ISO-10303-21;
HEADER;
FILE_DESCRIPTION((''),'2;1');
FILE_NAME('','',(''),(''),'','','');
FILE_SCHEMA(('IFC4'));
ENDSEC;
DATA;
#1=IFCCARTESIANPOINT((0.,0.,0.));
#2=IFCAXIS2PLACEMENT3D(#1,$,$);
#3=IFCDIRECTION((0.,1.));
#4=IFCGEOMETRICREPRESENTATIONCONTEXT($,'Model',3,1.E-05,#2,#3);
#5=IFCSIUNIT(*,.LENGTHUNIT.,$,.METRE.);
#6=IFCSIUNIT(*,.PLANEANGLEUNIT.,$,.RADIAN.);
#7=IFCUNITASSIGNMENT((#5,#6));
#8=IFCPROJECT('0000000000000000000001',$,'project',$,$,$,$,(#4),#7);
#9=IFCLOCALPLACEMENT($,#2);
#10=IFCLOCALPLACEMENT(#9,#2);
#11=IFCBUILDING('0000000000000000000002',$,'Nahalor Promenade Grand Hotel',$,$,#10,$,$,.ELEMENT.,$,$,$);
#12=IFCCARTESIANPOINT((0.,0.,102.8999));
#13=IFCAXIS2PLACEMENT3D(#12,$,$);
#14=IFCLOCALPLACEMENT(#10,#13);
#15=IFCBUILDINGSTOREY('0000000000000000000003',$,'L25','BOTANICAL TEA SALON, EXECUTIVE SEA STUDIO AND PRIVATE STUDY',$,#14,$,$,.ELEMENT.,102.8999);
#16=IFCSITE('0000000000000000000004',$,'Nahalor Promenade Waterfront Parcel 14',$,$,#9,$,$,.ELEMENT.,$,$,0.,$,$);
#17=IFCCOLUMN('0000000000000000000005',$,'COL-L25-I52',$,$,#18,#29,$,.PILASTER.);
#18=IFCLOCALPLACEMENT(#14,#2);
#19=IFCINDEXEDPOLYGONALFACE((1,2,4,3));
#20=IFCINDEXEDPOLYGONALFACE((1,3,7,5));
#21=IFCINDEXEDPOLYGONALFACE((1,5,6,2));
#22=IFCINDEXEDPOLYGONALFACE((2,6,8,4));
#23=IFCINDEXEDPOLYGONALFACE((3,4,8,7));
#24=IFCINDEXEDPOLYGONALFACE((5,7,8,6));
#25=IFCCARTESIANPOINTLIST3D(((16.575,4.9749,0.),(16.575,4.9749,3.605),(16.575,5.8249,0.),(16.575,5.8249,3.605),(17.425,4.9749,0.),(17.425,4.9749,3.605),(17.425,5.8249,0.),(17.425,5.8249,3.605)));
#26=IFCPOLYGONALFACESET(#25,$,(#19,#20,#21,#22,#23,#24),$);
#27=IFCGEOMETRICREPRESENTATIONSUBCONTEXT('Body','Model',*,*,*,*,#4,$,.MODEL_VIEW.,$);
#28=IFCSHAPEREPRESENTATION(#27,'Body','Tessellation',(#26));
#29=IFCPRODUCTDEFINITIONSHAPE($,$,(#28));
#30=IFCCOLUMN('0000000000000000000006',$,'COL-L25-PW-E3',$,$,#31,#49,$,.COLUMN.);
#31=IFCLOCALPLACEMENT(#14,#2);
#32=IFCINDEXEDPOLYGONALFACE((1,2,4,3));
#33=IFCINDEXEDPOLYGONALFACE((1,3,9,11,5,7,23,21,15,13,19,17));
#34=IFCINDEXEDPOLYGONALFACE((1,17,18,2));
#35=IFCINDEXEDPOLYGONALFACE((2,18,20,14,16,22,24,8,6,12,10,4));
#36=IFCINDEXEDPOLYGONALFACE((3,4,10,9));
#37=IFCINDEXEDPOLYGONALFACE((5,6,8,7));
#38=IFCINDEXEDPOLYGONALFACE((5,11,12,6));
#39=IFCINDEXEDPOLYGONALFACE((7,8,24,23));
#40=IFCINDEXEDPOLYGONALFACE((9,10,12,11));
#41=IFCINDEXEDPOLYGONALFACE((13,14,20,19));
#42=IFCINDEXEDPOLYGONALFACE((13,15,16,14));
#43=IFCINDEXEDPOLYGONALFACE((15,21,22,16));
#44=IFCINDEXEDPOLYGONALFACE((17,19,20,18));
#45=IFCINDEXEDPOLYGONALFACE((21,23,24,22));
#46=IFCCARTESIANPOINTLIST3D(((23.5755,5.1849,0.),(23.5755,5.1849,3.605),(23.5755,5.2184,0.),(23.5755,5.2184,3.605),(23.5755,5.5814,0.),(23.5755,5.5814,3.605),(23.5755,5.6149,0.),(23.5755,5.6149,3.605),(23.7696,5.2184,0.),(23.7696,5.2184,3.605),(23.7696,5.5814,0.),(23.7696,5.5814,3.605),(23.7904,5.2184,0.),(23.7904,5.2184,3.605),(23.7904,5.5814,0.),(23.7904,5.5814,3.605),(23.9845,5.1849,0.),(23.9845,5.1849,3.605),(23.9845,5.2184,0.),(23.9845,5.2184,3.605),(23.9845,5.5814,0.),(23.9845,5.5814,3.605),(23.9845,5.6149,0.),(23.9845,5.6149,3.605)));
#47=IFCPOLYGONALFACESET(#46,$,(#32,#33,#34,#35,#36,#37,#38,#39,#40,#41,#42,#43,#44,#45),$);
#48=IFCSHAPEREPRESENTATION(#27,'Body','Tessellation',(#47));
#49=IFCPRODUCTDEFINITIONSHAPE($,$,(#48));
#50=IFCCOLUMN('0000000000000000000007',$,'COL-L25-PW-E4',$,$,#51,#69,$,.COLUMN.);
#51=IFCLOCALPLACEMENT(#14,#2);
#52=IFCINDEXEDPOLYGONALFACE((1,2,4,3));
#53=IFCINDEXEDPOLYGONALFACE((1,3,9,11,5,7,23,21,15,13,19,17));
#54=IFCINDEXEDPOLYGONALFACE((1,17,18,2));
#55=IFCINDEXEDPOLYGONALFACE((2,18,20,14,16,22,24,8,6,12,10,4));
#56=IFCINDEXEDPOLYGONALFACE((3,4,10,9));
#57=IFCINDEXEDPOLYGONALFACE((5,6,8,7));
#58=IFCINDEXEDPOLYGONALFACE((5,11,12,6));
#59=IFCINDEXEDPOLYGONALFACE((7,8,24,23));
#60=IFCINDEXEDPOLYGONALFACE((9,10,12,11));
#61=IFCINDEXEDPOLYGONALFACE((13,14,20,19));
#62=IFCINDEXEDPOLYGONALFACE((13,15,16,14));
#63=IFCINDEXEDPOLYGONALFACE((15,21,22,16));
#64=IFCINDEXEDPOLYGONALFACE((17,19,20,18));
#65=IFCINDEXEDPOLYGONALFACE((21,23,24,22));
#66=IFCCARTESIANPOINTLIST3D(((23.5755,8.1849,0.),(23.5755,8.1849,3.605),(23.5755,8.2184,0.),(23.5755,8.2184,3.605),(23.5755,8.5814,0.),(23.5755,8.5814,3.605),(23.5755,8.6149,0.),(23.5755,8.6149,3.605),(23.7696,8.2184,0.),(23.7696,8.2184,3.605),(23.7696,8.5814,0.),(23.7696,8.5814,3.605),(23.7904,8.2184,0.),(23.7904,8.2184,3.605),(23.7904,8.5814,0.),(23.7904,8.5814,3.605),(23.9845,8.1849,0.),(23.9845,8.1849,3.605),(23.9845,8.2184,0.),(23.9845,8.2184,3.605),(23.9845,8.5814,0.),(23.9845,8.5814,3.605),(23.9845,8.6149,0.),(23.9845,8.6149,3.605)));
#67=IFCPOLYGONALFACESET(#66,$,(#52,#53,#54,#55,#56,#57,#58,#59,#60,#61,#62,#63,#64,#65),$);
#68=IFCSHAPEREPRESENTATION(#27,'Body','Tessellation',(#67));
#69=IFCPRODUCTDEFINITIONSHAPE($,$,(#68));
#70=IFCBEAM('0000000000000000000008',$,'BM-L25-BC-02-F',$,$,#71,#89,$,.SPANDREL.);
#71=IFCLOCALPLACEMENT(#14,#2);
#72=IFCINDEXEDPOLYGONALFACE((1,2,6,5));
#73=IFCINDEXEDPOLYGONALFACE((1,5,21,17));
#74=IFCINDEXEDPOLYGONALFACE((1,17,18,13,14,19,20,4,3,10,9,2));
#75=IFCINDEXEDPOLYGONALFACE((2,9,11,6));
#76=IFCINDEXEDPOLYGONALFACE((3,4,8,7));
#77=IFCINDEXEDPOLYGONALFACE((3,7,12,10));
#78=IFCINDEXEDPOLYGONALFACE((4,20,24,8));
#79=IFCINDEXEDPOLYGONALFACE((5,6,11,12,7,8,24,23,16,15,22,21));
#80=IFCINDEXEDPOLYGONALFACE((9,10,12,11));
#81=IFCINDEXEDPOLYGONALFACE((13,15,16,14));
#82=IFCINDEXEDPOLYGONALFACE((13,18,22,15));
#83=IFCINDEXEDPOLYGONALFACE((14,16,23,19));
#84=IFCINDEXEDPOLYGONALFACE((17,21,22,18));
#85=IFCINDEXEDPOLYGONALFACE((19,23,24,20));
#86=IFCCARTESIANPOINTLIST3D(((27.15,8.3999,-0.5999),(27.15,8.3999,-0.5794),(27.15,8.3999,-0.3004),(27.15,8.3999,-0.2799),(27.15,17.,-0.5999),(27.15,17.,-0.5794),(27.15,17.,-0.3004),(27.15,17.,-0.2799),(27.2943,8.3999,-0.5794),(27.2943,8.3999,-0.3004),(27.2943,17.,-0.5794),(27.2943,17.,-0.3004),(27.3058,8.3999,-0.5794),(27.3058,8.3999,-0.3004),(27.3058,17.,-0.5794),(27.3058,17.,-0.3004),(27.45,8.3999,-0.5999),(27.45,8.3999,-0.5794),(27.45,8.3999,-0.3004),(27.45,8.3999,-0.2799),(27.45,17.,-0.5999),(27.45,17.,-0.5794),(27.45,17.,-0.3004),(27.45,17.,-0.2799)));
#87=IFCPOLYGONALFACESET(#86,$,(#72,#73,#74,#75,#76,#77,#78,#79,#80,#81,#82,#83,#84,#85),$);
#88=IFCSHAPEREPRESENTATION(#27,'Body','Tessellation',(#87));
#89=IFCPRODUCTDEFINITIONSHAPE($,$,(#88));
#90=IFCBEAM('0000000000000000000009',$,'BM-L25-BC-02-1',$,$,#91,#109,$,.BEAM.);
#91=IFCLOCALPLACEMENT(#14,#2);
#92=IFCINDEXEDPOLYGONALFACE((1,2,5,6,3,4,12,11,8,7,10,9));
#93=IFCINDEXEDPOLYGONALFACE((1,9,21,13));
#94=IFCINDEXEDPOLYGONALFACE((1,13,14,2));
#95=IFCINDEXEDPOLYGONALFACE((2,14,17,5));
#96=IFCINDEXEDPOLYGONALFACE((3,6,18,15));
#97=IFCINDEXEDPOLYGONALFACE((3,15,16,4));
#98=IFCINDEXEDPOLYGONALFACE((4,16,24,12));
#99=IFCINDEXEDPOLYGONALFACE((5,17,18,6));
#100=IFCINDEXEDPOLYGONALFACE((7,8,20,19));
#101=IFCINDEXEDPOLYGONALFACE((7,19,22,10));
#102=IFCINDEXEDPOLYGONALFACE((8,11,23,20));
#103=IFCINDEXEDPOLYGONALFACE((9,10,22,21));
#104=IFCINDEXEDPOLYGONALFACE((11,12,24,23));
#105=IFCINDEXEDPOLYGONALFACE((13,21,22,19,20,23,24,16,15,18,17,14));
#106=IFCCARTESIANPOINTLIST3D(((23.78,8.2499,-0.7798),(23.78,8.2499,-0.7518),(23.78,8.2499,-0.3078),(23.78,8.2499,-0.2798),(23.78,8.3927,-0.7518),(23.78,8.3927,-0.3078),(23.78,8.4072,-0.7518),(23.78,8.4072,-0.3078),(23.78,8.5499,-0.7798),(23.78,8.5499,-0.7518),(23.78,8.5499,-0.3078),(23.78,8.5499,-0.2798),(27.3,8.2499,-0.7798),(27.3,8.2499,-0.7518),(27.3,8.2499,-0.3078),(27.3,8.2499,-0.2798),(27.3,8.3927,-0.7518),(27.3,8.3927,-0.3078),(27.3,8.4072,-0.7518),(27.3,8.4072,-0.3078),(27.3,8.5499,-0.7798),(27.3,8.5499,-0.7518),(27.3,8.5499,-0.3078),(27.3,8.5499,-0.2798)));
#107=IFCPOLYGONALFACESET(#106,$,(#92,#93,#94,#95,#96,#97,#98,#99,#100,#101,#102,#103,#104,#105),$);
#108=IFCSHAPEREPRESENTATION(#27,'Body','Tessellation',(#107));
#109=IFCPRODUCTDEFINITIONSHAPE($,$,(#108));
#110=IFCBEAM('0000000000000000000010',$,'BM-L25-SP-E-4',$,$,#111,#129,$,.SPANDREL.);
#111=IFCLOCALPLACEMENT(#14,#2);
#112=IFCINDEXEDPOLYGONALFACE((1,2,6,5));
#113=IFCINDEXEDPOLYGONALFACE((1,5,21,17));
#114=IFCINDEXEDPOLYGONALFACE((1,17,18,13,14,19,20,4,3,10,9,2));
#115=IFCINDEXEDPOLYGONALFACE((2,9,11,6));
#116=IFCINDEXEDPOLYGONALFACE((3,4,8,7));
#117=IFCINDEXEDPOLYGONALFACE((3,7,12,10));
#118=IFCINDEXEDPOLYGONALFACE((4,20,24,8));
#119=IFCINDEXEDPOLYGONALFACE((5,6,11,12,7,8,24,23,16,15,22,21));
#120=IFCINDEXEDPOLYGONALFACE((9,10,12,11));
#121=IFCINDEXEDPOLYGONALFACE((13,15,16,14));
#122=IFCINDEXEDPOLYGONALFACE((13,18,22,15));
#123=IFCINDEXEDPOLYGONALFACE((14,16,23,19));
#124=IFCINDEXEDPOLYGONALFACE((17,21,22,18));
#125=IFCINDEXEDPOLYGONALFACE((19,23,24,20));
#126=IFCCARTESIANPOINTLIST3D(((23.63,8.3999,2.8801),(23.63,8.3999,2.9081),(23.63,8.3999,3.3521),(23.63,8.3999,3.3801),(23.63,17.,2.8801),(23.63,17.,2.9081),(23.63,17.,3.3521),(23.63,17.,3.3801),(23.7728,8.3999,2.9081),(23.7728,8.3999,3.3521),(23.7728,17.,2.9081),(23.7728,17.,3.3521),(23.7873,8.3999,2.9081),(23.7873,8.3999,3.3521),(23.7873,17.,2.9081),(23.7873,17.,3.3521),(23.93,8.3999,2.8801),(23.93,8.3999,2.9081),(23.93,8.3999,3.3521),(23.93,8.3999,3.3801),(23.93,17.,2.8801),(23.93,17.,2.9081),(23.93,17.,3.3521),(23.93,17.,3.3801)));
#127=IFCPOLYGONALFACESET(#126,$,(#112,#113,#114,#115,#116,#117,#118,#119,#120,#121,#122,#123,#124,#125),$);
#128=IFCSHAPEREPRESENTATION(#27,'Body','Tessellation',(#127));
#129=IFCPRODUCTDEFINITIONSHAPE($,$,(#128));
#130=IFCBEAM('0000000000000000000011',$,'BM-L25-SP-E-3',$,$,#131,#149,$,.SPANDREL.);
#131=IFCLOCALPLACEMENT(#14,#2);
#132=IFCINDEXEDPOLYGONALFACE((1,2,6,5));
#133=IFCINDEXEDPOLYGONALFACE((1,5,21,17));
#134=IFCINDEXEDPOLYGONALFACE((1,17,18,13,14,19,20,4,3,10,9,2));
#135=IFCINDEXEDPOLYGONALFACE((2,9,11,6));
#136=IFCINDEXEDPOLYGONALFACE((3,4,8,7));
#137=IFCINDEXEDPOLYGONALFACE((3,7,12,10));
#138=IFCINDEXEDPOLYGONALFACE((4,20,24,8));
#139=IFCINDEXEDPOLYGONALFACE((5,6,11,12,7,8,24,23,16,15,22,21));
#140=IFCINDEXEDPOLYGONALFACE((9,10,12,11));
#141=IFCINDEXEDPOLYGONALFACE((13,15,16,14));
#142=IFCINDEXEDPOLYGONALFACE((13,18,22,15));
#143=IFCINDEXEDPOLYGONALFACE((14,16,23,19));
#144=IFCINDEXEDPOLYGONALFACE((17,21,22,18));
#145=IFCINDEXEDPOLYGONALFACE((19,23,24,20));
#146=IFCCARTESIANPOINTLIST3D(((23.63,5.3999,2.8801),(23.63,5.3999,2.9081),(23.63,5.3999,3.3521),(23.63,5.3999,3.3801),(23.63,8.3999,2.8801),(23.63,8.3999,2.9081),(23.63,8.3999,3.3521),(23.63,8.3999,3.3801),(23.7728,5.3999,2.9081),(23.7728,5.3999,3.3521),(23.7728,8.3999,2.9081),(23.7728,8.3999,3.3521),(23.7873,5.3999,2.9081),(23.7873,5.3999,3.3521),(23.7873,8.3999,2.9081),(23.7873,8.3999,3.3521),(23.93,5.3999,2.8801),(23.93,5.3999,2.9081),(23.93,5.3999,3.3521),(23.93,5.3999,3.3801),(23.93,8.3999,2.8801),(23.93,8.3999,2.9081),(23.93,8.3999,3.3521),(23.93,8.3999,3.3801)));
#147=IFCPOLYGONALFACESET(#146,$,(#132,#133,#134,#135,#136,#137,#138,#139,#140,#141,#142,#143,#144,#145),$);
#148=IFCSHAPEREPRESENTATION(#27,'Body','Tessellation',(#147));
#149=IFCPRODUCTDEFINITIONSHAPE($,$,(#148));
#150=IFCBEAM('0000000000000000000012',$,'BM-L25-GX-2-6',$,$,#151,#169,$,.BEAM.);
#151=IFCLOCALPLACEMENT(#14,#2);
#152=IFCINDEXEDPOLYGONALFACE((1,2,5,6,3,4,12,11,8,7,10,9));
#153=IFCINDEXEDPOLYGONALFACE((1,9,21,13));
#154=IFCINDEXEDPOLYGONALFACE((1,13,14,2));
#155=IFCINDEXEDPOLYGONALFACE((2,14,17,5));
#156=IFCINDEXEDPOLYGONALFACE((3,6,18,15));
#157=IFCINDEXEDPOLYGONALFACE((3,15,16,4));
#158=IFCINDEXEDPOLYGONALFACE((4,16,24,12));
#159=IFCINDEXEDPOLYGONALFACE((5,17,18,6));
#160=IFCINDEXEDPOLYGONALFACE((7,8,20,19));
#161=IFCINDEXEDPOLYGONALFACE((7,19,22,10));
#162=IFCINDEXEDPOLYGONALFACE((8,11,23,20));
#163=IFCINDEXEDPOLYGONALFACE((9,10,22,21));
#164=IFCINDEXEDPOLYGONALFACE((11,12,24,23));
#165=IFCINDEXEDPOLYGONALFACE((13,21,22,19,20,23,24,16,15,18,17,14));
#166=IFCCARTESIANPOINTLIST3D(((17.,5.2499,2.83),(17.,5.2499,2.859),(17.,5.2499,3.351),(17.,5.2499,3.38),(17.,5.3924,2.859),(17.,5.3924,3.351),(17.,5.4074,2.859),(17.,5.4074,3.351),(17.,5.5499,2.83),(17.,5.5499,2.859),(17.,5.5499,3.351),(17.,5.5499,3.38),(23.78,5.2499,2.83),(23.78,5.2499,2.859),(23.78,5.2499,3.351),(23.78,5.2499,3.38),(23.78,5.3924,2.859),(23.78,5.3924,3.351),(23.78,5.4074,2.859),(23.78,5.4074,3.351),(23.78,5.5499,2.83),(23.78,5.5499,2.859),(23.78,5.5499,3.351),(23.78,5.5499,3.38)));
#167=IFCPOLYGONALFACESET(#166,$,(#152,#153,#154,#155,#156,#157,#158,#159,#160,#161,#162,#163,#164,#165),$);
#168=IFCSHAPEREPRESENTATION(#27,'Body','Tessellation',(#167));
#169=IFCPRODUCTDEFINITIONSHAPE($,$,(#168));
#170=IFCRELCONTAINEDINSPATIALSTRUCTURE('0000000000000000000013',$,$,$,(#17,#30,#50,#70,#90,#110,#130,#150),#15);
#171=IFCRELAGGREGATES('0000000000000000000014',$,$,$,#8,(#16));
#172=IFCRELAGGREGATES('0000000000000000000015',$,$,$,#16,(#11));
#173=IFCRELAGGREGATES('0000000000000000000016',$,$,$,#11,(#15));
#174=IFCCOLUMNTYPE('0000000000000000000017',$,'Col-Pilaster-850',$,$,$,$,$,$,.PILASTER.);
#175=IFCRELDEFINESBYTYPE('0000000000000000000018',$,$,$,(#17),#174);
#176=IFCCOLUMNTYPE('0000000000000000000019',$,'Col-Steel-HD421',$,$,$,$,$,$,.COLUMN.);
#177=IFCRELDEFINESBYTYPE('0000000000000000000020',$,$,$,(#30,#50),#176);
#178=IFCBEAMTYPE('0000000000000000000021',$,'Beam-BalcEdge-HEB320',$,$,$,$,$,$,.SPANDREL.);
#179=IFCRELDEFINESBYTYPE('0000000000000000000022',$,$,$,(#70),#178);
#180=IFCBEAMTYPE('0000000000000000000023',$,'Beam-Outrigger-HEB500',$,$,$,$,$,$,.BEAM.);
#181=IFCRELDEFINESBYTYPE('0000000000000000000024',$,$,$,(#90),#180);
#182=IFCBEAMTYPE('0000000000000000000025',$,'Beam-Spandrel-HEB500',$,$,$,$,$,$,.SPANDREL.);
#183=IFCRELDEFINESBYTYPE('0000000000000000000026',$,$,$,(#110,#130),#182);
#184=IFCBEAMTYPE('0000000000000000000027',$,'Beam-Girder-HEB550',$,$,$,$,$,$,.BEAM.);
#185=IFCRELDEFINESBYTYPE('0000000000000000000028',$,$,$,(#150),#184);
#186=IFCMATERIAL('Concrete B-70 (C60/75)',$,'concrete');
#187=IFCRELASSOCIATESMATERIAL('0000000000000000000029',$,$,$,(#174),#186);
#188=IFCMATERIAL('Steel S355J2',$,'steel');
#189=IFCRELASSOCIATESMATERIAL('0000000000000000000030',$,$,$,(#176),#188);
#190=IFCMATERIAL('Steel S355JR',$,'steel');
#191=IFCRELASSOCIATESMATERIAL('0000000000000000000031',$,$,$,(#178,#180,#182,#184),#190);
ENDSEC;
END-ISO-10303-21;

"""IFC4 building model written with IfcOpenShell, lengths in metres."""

from ifc_helpers import new_model, si_unit, direction, frame, origin, origin_2d, place, context, subcontext, project, spatial, rectangle, i_section, extrude, source, transform, mapped, material, material_profile, profile_set, type_object, element, save


model = new_model("IFC4")

# Units and contexts
model_context = context("Model", 3, precision=1e-05, world=origin(), true_north=direction((0.0, 1.0)))
body_context = subcontext(model_context, "Body", "Model", "MODEL_VIEW")
ifc_project = project(units=[si_unit("LENGTHUNIT", "METRE"), si_unit("PLANEANGLEUNIT", "RADIAN")], contexts=[model_context])

# Site, building, storey
site_placement = place(None, origin())
site = spatial("IfcSite", under=ifc_project, at=site_placement, Name="Nahalor Promenade Waterfront Parcel 14", CompositionType="ELEMENT", RefElevation=0.0)
building_placement = place(site_placement, origin())
building = spatial("IfcBuilding", under=site, at=building_placement, Name="Nahalor Promenade Grand Hotel", CompositionType="ELEMENT")
storey_placement = place(building_placement, frame((0.0, 0.0, 102.8999)))
storey = spatial("IfcBuildingStorey", under=building, at=storey_placement, Name="L25", Description="BOTANICAL TEA SALON, EXECUTIVE SEA STUDIO AND PRIVATE STUDY", CompositionType="ELEMENT", Elevation=102.8999)

# Columns
ifc_material_1 = material(Name="Concrete B-70 (C60/75)", Category="concrete")
ifc_material_profile_1 = material_profile(ifc_material_1, rectangle(XDim=0.85, YDim=0.85, at=origin_2d()), Name="RC 850x850")
ifc_profile_set_1 = profile_set([ifc_material_profile_1], Name="Concrete B-70 (C60/75)")
column_type_1 = type_object("IfcColumnType", Name="Col-Pilaster-850", PredefinedType="PILASTER", material=ifc_profile_set_1)
shared_shape_1 = source(origin(), body_context, "Body", "SweptSolid", [
    extrude(rectangle(XDim=0.85, YDim=0.85, at=origin_2d()), origin(), (0.0, 0.0, 1.0), 3.605),
])
column_placement = place(storey_placement, frame((17.0, 5.3999, 0.0), z_axis=(0.0, 0.0, 1.0), x_axis=(1.0, 0.0, 0.0)))
element("IfcColumn", 1, at=column_placement, inside=storey, type_object=column_type_1, Name="COL-L25-I52", PredefinedType="PILASTER", context=body_context, shape_type="MappedRepresentation", body=[
    mapped(shared_shape_1, transform((0.0, 0.0, 0.0), scale=1.0)),
])
ifc_material_2 = material(Name="Steel S355J2", Category="steel")
ifc_material_profile_2 = material_profile(ifc_material_2, i_section(OverallWidth=0.409, OverallDepth=0.43, WebThickness=0.0208, FlangeThickness=0.0335, at=origin_2d()), Name="HD 400x421")
ifc_profile_set_2 = profile_set([ifc_material_profile_2], Name="Steel S355J2")
column_type_2 = type_object("IfcColumnType", Name="Col-Steel-HD421", PredefinedType="COLUMN", material=ifc_profile_set_2)
shared_shape_2 = source(origin(), body_context, "Body", "SweptSolid", [
    extrude(i_section(OverallWidth=0.409, OverallDepth=0.43, WebThickness=0.0208, FlangeThickness=0.0335, at=origin_2d()), origin(), (0.0, 0.0, 1.0), 3.605),
])
for number, where, z_axis, x_axis, name in (
    (2, (23.78, 5.3999, 0.0), (0.0, 0.0, 1.0), (1.0, 0.0, 0.0), "COL-L25-PW-E3"),
    (3, (23.78, 8.3999, 0.0), (0.0, 0.0, 1.0), (1.0, 0.0, 0.0), "COL-L25-PW-E4"),
):
    element("IfcColumn", number, at=place(storey_placement, frame(where, z_axis=z_axis, x_axis=x_axis)), inside=storey, type_object=column_type_2, Name=name, PredefinedType="COLUMN", context=body_context, shape_type="MappedRepresentation", body=[
        mapped(shared_shape_2, transform((0.0, 0.0, 0.0), scale=1.0)),
    ])

# Beams
ifc_material_3 = material(Name="Steel S355JR", Category="steel")
ifc_material_profile_3 = material_profile(ifc_material_3, i_section(OverallWidth=0.3, OverallDepth=0.32, WebThickness=0.0115, FlangeThickness=0.0205, at=origin_2d()), Name="HEB 320")
ifc_profile_set_3 = profile_set([ifc_material_profile_3], Name="Steel S355JR")
beam_type_1 = type_object("IfcBeamType", Name="Beam-BalcEdge-HEB320", PredefinedType="SPANDREL", material=ifc_profile_set_3)
shared_shape_3 = source(origin(), body_context, "Body", "SweptSolid", [
    extrude(i_section(OverallWidth=0.3, OverallDepth=0.32, WebThickness=0.0115, FlangeThickness=0.0205, at=origin_2d()), origin(), (0.0, 0.0, 1.0), 8.6001),
])
beam_1_placement = place(storey_placement, frame((27.3, 8.3999, -0.4399), z_axis=(0.0, 1.0, 0.0), x_axis=(-1.0, 0.0, 0.0)))
element("IfcBeam", 4, at=beam_1_placement, inside=storey, type_object=beam_type_1, Name="BM-L25-BC-02-F", PredefinedType="SPANDREL", context=body_context, shape_type="MappedRepresentation", body=[
    mapped(shared_shape_3, transform((0.0, 0.0, 0.0), scale=1.0)),
])
ifc_material_profile_4 = material_profile(ifc_material_3, i_section(OverallWidth=0.3, OverallDepth=0.5, WebThickness=0.0145, FlangeThickness=0.028, at=origin_2d()), Name="HEB 500")
ifc_profile_set_4 = profile_set([ifc_material_profile_4], Name="Steel S355JR")
beam_type_2 = type_object("IfcBeamType", Name="Beam-Outrigger-HEB500", PredefinedType="BEAM", material=ifc_profile_set_4)
shared_shape_4 = source(origin(), body_context, "Body", "SweptSolid", [
    extrude(i_section(OverallWidth=0.3, OverallDepth=0.5, WebThickness=0.0145, FlangeThickness=0.028, at=origin_2d()), origin(), (0.0, 0.0, 1.0), 3.52),
])
beam_2_placement = place(storey_placement, frame((23.78, 8.3999, -0.5298), z_axis=(1.0, 0.0, 0.0), x_axis=(0.0, 1.0, 0.0)))
element("IfcBeam", 5, at=beam_2_placement, inside=storey, type_object=beam_type_2, Name="BM-L25-BC-02-1", PredefinedType="BEAM", context=body_context, shape_type="MappedRepresentation", body=[
    mapped(shared_shape_4, transform((0.0, 0.0, 0.0), scale=1.0)),
])
ifc_material_profile_5 = material_profile(ifc_material_3, i_section(OverallWidth=0.3, OverallDepth=0.5, WebThickness=0.0145, FlangeThickness=0.028, at=origin_2d()), Name="HEB 500")
ifc_profile_set_5 = profile_set([ifc_material_profile_5], Name="Steel S355JR")
beam_type_3 = type_object("IfcBeamType", Name="Beam-Spandrel-HEB500", PredefinedType="SPANDREL", material=ifc_profile_set_5)
shared_shape_5 = source(origin(), body_context, "Body", "SweptSolid", [
    extrude(i_section(OverallWidth=0.3, OverallDepth=0.5, WebThickness=0.0145, FlangeThickness=0.028, at=origin_2d()), origin(), (0.0, 0.0, 1.0), 8.6001),
])
beam_3_placement = place(storey_placement, frame((23.78, 8.3999, 3.1301), z_axis=(0.0, 1.0, 0.0), x_axis=(-1.0, 0.0, 0.0)))
element("IfcBeam", 6, at=beam_3_placement, inside=storey, type_object=beam_type_3, Name="BM-L25-SP-E-4", PredefinedType="SPANDREL", context=body_context, shape_type="MappedRepresentation", body=[
    mapped(shared_shape_5, transform((0.0, 0.0, 0.0), scale=1.0)),
])
shared_shape_6 = source(origin(), body_context, "Body", "SweptSolid", [
    extrude(i_section(OverallWidth=0.3, OverallDepth=0.5, WebThickness=0.0145, FlangeThickness=0.028, at=origin_2d()), origin(), (0.0, 0.0, 1.0), 3.0),
])
beam_4_placement = place(storey_placement, frame((23.78, 5.3999, 3.1301), z_axis=(0.0, 1.0, 0.0), x_axis=(-1.0, 0.0, 0.0)))
element("IfcBeam", 7, at=beam_4_placement, inside=storey, type_object=beam_type_3, Name="BM-L25-SP-E-3", PredefinedType="SPANDREL", context=body_context, shape_type="MappedRepresentation", body=[
    mapped(shared_shape_6, transform((0.0, 0.0, 0.0), scale=1.0)),
])
ifc_material_profile_6 = material_profile(ifc_material_3, i_section(OverallWidth=0.3, OverallDepth=0.55, WebThickness=0.015, FlangeThickness=0.029, at=origin_2d()), Name="HEB 550")
ifc_profile_set_6 = profile_set([ifc_material_profile_6], Name="Steel S355JR")
beam_type_4 = type_object("IfcBeamType", Name="Beam-Girder-HEB550", PredefinedType="BEAM", material=ifc_profile_set_6)
shared_shape_7 = source(origin(), body_context, "Body", "SweptSolid", [
    extrude(i_section(OverallWidth=0.3, OverallDepth=0.55, WebThickness=0.015, FlangeThickness=0.029, at=origin_2d()), origin(), (0.0, 0.0, 1.0), 6.78),
])
beam_5_placement = place(storey_placement, frame((17.0, 5.3999, 3.105), z_axis=(1.0, 0.0, 0.0), x_axis=(0.0, 1.0, 0.0)))
element("IfcBeam", 8, at=beam_5_placement, inside=storey, type_object=beam_type_4, Name="BM-L25-GX-2-6", PredefinedType="BEAM", context=body_context, shape_type="MappedRepresentation", body=[
    mapped(shared_shape_7, transform((0.0, 0.0, 0.0), scale=1.0)),
])

save(model, "model.ifc")
